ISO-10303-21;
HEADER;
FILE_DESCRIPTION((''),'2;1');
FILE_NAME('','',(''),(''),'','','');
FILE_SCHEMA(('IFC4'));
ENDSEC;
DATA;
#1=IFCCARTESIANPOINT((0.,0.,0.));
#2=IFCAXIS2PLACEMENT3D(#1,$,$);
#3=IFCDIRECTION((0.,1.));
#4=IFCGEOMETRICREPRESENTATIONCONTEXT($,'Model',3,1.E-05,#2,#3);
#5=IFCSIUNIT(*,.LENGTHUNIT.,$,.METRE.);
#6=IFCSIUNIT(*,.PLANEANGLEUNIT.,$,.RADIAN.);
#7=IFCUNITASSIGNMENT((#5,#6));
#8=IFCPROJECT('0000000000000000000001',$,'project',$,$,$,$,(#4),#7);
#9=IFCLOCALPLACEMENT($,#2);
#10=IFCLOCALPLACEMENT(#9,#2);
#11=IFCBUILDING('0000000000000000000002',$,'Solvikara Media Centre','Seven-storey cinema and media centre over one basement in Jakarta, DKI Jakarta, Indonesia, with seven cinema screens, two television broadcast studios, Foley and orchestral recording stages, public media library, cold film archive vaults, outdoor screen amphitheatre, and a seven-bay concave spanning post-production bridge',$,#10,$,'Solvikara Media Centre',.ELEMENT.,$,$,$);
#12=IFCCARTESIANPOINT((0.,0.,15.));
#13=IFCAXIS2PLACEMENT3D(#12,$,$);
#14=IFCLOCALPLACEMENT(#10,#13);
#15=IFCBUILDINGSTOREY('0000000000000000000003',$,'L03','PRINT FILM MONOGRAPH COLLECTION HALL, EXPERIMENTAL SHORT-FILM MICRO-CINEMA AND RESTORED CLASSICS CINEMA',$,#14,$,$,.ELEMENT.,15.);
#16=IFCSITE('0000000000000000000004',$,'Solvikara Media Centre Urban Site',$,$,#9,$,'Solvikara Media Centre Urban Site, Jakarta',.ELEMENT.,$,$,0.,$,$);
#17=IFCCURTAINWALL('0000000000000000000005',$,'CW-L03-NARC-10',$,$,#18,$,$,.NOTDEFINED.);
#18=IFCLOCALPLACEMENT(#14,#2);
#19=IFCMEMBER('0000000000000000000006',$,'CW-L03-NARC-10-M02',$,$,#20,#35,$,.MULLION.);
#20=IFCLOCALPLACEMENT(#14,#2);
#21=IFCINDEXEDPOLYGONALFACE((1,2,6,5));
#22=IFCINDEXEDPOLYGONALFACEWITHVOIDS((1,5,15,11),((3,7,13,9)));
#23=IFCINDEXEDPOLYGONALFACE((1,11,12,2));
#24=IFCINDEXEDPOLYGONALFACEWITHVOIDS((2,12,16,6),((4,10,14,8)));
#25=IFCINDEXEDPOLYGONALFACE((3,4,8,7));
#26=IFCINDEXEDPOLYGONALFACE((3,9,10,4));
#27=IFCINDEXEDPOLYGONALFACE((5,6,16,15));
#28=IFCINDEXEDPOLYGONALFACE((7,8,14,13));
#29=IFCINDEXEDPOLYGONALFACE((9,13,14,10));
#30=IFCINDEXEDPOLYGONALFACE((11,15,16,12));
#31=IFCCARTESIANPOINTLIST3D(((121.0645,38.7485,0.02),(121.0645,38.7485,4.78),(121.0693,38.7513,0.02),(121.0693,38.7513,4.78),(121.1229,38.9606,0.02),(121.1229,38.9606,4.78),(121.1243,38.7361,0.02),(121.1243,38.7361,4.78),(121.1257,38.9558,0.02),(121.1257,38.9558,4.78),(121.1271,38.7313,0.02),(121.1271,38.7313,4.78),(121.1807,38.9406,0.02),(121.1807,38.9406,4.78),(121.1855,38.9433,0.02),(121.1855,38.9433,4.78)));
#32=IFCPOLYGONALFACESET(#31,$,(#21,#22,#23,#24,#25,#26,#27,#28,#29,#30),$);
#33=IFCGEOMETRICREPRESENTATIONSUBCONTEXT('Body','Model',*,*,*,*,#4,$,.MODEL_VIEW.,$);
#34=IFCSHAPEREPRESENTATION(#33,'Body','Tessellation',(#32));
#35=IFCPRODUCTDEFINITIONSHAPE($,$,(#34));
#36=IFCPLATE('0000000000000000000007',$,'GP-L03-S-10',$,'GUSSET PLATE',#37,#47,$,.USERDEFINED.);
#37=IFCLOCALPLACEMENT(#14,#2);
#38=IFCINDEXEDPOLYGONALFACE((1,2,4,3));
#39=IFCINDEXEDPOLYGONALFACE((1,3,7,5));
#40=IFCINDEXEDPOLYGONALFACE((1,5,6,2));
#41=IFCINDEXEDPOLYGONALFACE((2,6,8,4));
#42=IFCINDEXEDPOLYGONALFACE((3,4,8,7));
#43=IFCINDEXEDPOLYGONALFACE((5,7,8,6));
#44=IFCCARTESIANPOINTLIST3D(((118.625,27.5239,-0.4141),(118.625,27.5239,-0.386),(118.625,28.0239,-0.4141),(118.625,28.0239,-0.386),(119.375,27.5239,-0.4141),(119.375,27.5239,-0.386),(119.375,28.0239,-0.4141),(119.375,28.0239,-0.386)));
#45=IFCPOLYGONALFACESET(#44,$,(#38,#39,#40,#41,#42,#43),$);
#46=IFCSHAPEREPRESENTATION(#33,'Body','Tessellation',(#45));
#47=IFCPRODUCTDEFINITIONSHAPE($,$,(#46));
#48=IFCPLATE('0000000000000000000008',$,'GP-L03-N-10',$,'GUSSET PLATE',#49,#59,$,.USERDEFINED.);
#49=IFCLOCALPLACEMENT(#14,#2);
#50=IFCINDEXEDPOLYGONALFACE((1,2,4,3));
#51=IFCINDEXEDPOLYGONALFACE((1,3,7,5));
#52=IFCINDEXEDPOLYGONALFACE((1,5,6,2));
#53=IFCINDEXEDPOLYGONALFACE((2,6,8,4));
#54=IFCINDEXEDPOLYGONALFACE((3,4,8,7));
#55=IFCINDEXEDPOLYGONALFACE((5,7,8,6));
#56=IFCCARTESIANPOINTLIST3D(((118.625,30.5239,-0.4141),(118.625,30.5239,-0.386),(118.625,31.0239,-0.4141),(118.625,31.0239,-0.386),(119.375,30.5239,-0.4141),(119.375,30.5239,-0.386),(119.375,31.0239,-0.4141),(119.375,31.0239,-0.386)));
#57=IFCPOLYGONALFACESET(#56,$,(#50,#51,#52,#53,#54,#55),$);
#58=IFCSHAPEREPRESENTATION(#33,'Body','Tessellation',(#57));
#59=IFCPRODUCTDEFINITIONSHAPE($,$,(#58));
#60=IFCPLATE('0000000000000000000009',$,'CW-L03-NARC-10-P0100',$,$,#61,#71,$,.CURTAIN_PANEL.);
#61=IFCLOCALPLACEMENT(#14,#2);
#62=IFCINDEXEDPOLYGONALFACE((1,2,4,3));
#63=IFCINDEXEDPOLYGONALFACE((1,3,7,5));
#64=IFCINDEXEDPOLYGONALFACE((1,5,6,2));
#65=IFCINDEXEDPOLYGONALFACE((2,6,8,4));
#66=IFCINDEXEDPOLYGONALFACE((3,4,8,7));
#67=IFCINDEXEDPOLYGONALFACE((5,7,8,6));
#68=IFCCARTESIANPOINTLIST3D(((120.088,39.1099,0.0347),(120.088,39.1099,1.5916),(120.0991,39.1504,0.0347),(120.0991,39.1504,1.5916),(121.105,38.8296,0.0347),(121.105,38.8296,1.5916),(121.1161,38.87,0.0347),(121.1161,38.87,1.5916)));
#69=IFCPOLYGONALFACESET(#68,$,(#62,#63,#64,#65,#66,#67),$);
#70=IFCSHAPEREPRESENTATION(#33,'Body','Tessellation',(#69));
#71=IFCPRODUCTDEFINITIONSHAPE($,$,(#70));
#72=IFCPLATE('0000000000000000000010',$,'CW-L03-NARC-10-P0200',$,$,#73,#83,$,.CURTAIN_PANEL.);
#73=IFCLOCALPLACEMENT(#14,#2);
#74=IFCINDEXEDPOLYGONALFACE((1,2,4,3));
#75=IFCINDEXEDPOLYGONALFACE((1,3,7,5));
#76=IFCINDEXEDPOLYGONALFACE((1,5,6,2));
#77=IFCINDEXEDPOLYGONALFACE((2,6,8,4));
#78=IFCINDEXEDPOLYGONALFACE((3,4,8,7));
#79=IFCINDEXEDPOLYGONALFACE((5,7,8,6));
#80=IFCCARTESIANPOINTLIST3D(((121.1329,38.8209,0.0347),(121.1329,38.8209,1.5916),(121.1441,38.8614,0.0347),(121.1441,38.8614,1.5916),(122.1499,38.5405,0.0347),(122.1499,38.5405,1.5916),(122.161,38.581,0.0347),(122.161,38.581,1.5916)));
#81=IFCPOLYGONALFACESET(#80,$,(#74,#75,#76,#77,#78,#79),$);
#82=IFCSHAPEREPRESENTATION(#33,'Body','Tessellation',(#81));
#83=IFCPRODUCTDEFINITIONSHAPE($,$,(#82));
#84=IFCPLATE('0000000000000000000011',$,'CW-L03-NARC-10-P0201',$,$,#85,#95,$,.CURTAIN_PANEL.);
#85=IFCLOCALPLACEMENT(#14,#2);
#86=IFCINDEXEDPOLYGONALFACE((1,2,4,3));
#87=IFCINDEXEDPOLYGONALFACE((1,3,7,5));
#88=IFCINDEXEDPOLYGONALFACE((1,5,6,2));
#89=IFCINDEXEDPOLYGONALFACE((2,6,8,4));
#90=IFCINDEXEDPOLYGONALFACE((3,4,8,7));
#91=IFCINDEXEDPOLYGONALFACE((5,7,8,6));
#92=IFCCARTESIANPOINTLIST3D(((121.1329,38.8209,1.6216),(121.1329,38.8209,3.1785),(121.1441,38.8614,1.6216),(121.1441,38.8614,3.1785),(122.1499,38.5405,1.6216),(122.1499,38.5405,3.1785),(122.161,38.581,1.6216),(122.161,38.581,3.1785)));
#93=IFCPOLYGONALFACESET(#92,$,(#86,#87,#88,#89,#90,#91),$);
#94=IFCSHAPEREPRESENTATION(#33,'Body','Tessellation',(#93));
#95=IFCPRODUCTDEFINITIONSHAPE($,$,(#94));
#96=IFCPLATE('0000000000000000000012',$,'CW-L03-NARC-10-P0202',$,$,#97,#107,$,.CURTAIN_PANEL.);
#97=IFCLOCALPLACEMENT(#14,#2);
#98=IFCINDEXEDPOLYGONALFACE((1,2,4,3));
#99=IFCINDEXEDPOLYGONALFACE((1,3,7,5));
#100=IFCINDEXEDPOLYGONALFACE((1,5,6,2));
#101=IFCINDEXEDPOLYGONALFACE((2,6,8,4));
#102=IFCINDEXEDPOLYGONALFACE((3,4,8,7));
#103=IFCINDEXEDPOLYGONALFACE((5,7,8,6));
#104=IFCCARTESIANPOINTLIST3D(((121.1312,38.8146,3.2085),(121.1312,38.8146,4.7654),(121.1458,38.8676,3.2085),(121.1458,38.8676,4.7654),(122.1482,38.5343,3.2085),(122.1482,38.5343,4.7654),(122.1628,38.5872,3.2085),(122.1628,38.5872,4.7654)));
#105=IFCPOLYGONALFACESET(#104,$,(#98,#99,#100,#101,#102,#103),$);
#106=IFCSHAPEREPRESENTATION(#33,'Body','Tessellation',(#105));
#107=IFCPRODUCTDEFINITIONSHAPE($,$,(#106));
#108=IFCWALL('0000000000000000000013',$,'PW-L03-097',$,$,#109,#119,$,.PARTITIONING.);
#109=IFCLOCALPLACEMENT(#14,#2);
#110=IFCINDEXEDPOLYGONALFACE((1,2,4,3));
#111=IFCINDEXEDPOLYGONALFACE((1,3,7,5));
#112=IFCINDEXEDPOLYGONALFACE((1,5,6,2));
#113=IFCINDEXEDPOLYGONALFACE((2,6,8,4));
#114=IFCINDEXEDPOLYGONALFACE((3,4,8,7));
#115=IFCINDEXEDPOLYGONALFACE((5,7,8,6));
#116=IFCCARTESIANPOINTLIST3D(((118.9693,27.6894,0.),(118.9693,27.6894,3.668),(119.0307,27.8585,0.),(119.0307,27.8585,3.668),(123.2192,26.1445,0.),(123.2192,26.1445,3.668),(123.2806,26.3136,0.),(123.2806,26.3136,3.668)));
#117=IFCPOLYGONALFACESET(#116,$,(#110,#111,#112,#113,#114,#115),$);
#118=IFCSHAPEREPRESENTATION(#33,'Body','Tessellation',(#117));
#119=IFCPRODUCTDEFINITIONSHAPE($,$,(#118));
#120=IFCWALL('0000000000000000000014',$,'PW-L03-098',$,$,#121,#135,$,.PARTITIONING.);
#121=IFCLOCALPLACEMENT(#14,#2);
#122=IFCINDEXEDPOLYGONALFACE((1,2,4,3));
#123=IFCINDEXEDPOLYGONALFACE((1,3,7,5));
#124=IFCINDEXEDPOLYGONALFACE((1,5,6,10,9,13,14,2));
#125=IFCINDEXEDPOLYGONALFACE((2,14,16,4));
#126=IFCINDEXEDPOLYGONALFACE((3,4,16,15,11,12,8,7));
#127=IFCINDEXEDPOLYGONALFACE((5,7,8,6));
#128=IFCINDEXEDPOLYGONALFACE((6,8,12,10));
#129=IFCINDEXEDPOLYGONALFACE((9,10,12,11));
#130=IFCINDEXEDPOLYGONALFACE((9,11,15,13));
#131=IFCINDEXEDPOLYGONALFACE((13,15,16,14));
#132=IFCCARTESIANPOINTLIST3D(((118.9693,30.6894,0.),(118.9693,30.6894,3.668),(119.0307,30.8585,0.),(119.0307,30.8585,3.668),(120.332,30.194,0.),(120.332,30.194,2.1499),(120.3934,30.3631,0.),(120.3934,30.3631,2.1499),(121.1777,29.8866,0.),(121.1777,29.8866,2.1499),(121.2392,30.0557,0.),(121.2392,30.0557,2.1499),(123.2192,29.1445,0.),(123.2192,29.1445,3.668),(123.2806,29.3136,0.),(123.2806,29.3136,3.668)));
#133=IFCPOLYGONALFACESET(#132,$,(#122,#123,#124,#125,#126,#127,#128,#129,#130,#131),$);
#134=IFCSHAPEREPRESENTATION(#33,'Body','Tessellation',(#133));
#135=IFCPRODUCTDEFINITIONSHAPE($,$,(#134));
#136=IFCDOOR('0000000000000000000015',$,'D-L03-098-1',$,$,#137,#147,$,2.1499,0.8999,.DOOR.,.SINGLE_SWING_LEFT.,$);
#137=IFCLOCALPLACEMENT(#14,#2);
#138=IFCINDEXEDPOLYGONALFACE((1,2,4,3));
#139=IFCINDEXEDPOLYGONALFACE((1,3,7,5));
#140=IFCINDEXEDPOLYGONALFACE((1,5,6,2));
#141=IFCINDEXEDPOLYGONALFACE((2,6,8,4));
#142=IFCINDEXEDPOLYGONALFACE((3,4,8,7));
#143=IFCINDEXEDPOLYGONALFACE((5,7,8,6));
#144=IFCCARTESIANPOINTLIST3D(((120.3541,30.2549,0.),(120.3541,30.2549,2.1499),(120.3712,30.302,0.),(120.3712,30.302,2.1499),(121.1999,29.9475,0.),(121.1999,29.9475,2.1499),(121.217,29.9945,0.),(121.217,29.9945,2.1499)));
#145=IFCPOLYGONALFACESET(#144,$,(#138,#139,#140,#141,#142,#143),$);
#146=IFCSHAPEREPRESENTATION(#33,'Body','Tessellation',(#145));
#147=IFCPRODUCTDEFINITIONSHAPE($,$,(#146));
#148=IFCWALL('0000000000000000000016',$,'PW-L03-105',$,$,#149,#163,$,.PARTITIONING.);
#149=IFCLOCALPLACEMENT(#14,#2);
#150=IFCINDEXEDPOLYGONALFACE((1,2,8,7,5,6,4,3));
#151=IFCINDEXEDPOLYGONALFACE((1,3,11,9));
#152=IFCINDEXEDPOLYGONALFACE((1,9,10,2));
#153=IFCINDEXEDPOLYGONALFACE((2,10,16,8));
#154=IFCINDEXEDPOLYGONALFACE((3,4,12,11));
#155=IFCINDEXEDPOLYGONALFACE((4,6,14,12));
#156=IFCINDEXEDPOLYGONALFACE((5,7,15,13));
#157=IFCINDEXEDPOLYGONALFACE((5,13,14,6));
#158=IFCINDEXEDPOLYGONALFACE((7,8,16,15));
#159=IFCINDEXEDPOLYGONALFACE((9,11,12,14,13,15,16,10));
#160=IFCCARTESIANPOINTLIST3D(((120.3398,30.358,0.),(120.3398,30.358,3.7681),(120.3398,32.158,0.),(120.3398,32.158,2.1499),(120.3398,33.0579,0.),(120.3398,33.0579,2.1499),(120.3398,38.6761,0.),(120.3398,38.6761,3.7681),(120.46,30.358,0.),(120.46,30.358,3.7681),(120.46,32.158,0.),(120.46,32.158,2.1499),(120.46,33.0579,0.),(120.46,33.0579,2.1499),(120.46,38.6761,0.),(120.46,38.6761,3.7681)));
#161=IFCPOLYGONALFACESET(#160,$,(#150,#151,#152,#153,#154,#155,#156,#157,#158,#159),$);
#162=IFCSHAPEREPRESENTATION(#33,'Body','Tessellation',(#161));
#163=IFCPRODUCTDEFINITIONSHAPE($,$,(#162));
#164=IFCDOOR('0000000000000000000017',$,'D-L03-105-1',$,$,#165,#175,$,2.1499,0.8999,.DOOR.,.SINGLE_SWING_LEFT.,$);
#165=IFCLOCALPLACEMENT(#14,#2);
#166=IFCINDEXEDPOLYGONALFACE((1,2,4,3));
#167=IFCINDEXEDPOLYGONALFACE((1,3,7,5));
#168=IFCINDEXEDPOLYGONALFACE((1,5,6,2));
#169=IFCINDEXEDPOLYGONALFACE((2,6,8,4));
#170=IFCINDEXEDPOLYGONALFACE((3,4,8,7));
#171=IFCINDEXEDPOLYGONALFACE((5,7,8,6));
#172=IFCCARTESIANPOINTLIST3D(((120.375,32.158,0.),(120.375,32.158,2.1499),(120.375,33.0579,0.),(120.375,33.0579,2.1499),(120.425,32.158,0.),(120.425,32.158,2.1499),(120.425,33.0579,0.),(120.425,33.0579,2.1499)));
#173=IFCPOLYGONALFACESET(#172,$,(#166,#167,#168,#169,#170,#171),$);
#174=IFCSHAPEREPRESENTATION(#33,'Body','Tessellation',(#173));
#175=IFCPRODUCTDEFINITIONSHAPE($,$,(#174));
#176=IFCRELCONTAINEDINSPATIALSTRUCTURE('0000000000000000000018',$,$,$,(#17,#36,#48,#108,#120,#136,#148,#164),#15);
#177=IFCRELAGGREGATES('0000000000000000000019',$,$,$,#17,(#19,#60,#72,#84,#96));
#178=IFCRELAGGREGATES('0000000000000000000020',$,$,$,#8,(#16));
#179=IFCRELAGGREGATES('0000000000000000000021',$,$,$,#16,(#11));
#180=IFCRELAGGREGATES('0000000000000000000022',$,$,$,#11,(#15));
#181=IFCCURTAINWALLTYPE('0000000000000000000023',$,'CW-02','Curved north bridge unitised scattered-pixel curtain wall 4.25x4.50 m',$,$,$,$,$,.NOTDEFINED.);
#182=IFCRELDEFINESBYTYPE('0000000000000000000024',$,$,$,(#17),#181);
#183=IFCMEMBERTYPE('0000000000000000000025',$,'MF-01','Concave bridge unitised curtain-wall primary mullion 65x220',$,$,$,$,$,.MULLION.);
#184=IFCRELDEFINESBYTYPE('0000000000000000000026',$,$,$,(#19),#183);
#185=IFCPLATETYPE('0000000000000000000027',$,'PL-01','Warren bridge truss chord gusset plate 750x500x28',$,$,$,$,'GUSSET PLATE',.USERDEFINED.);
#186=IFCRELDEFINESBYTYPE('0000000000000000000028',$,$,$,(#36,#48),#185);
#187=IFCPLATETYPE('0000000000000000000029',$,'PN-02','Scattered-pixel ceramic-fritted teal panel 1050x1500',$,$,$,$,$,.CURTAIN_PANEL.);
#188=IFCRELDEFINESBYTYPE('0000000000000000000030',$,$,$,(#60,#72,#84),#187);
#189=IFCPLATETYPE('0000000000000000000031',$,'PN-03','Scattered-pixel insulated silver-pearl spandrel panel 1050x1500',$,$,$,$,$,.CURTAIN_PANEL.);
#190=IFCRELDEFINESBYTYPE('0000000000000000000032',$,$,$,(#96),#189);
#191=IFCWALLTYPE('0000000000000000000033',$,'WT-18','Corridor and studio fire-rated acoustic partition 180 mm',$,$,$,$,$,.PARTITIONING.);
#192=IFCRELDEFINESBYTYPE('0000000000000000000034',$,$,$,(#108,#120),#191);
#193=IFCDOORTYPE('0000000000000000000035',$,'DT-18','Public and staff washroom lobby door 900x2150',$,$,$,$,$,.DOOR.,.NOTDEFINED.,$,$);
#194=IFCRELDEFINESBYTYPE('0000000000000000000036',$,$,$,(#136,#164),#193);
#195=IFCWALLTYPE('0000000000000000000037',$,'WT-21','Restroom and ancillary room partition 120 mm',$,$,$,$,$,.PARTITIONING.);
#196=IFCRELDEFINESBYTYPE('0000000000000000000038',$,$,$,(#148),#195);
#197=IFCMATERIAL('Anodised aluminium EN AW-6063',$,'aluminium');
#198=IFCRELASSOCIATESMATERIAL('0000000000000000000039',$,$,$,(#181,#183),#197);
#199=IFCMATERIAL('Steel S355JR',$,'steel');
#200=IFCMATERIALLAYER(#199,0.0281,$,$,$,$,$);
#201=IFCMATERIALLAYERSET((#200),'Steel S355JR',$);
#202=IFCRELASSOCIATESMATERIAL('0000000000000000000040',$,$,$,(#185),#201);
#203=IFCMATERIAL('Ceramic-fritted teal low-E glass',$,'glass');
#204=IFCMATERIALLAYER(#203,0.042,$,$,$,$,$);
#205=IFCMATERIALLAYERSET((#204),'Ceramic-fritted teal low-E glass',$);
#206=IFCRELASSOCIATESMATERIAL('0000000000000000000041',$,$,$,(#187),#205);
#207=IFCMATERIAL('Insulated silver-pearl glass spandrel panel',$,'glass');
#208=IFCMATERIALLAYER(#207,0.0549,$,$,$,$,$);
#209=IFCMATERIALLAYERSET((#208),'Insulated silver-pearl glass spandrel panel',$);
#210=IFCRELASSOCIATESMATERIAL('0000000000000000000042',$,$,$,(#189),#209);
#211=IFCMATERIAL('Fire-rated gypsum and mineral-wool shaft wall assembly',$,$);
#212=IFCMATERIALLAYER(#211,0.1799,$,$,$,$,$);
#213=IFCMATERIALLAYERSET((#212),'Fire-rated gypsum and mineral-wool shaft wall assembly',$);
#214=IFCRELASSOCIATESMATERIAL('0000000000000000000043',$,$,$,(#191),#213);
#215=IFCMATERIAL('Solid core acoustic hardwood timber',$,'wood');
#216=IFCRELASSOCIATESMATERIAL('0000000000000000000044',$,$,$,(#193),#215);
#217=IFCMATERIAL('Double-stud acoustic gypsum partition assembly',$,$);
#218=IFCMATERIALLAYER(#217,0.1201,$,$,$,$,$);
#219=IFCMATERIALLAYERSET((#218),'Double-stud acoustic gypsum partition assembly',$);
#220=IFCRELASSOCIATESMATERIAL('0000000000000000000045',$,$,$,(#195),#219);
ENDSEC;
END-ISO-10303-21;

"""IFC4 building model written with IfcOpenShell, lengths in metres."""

from ifc_helpers import new_model, si_unit, direction, frame, frame_2d, origin, origin_2d, place, context, subcontext, project, spatial, rectangle, hollow_rectangle, extrude, material, layer, layer_set, material_profile, profile_set, type_object, element, fill, aggregate, save


model = new_model("IFC4")

# Units and contexts
model_context = context("Model", 3, precision=1e-05, world=origin(), true_north=direction((0.0, 1.0)))
body_context = subcontext(model_context, "Body", "Model", "MODEL_VIEW")
ifc_project = project(units=[si_unit("LENGTHUNIT", "METRE"), si_unit("PLANEANGLEUNIT", "RADIAN")], contexts=[model_context])

# Site, building, storey
site_placement = place(None, origin())
site = spatial("IfcSite", under=ifc_project, at=site_placement, Name="Solvikara Media Centre Urban Site", LongName="Solvikara Media Centre Urban Site, Jakarta", CompositionType="ELEMENT", RefElevation=0.0)
building_placement = place(site_placement, origin())
building = spatial("IfcBuilding", under=site, at=building_placement, Name="Solvikara Media Centre", Description="Seven-storey cinema and media centre over one basement in Jakarta, DKI Jakarta, Indonesia, with seven cinema screens, two television broadcast studios, Foley and orchestral recording stages, public media library, cold film archive vaults, outdoor screen amphitheatre, and a seven-bay concave spanning post-production bridge", LongName="Solvikara Media Centre", CompositionType="ELEMENT")
storey_placement = place(building_placement, frame((0.0, 0.0, 15.0)))
storey = spatial("IfcBuildingStorey", under=building, at=storey_placement, Name="L03", Description="PRINT FILM MONOGRAPH COLLECTION HALL, EXPERIMENTAL SHORT-FILM MICRO-CINEMA AND RESTORED CLASSICS CINEMA", CompositionType="ELEMENT", Elevation=15.0)

# Shared definitions
ifc_material_1 = material(Name="Steel S355JR", Category="steel")

# Curtain wall, member
ifc_material_2 = material(Name="Anodised aluminium EN AW-6063", Category="aluminium")
curtain_wall_type = type_object("IfcCurtainWallType", Name="CW-02", Description="Curved north bridge unitised scattered-pixel curtain wall 4.25x4.50 m", PredefinedType="NOTDEFINED", material=ifc_material_2)
curtain_wall_placement = place(storey_placement, origin())
curtain_wall = element("IfcCurtainWall", 1, at=curtain_wall_placement, inside=storey, type_object=curtain_wall_type, Name="CW-L03-NARC-10", PredefinedType="NOTDEFINED")
ifc_material_profile_1 = material_profile(ifc_material_2, hollow_rectangle(XDim=0.0649, YDim=0.22, WallThickness=0.0039, at=origin_2d()), Name="ALU-M 65x220x4")
ifc_profile_set_1 = profile_set([ifc_material_profile_1], Name="Anodised aluminium EN AW-6063")
member_type_1 = type_object("IfcMemberType", Name="MF-01", Description="Concave bridge unitised curtain-wall primary mullion 65x220", PredefinedType="MULLION", material=ifc_profile_set_1)
member_1_placement = place(storey_placement, frame((121.125, 38.8459, 0.02), z_axis=(0.0, 0.0, 1.0), x_axis=(0.96403, -0.265792, 0.0)))
member_1 = element("IfcMember", 2, at=member_1_placement, type_object=member_type_1, Name="CW-L03-NARC-10-M02", PredefinedType="MULLION", context=body_context, shape_type="SweptSolid", body=[
    extrude(hollow_rectangle(XDim=0.0649, YDim=0.22, WallThickness=0.0039, at=origin_2d()), origin(), (0.0, 0.0, 1.0), 4.76),
])

# Plates
ifc_layer_1 = layer(ifc_material_1, 0.0281)
ifc_layer_set_1 = layer_set([ifc_layer_1], Name="Steel S355JR")
plate_type_1 = type_object("IfcPlateType", Name="PL-01", Description="Warren bridge truss chord gusset plate 750x500x28", ElementType="GUSSET PLATE", PredefinedType="USERDEFINED", material=ifc_layer_set_1)
for number, where, z_axis, x_axis, name in (
    (3, (119.0, 27.7739, -0.4141), (0.0, 0.0, 1.0), (1.0, 0.0, 0.0), "GP-L03-S-10"),
    (4, (119.0, 30.7739, -0.4141), (0.0, 0.0, 1.0), (1.0, 0.0, 0.0), "GP-L03-N-10"),
):
    element("IfcPlate", number, at=place(storey_placement, frame(where, z_axis=z_axis, x_axis=x_axis)), inside=storey, type_object=plate_type_1, Name=name, ObjectType="GUSSET PLATE", PredefinedType="USERDEFINED", context=body_context, shape_type="SweptSolid", body=[
        extrude(rectangle(XDim=0.75, YDim=0.5, at=origin_2d()), origin(), (0.0, 0.0, 1.0), 0.0281),
    ])

# Plates
ifc_material_3 = material(Name="Ceramic-fritted teal low-E glass", Category="glass")
ifc_layer_2 = layer(ifc_material_3, 0.042)
ifc_layer_set_2 = layer_set([ifc_layer_2], Name="Ceramic-fritted teal low-E glass")
plate_type_2 = type_object("IfcPlateType", Name="PN-02", Description="Scattered-pixel ceramic-fritted teal panel 1050x1500", PredefinedType="CURTAIN_PANEL", material=ifc_layer_set_2)
plate_1_placement = place(storey_placement, frame((120.6021, 38.99, 0.0347), z_axis=(0.0, 0.0, 1.0), x_axis=(0.96403, -0.265792, 0.0)))
plate_1 = element("IfcPlate", 5, at=plate_1_placement, type_object=plate_type_2, Name="CW-L03-NARC-10-P0100", PredefinedType="CURTAIN_PANEL", context=body_context, shape_type="SweptSolid", body=[
    extrude(rectangle(XDim=1.0549, YDim=0.042, at=origin_2d()), origin(), (0.0, 0.0, 1.0), 1.5569),
])
plate_2_placement = place(storey_placement, frame((121.647, 38.7009, 0.0347), z_axis=(0.0, 0.0, 1.0), x_axis=(0.96403, -0.265792, 0.0)))
plate_2 = element("IfcPlate", 6, at=plate_2_placement, type_object=plate_type_2, Name="CW-L03-NARC-10-P0200", PredefinedType="CURTAIN_PANEL", context=body_context, shape_type="SweptSolid", body=[
    extrude(rectangle(XDim=1.0549, YDim=0.042, at=origin_2d()), origin(), (0.0, 0.0, 1.0), 1.5569),
])
plate_3_placement = place(storey_placement, frame((121.647, 38.7009, 1.6216), z_axis=(0.0, 0.0, 1.0), x_axis=(0.96403, -0.265792, 0.0)))
plate_3 = element("IfcPlate", 7, at=plate_3_placement, type_object=plate_type_2, Name="CW-L03-NARC-10-P0201", PredefinedType="CURTAIN_PANEL", context=body_context, shape_type="SweptSolid", body=[
    extrude(rectangle(XDim=1.0549, YDim=0.042, at=origin_2d()), origin(), (0.0, 0.0, 1.0), 1.5569),
])
ifc_material_4 = material(Name="Insulated silver-pearl glass spandrel panel", Category="glass")
ifc_layer_3 = layer(ifc_material_4, 0.0549)
ifc_layer_set_3 = layer_set([ifc_layer_3], Name="Insulated silver-pearl glass spandrel panel")
plate_type_3 = type_object("IfcPlateType", Name="PN-03", Description="Scattered-pixel insulated silver-pearl spandrel panel 1050x1500", PredefinedType="CURTAIN_PANEL", material=ifc_layer_set_3)
plate_4_placement = place(storey_placement, frame((121.647, 38.7009, 3.2085), z_axis=(0.0, 0.0, 1.0), x_axis=(0.96403, -0.265792, 0.0)))
plate_4 = element("IfcPlate", 8, at=plate_4_placement, type_object=plate_type_3, Name="CW-L03-NARC-10-P0202", PredefinedType="CURTAIN_PANEL", context=body_context, shape_type="SweptSolid", body=[
    extrude(rectangle(XDim=1.0549, YDim=0.0549, at=origin_2d()), origin(), (0.0, 0.0, 1.0), 1.5569),
])
aggregate(curtain_wall, [member_1, plate_1, plate_2, plate_3, plate_4])

# Wall
ifc_material_5 = material(Name="Fire-rated gypsum and mineral-wool shaft wall assembly")
ifc_layer_4 = layer(ifc_material_5, 0.1799)
ifc_layer_set_4 = layer_set([ifc_layer_4], Name="Fire-rated gypsum and mineral-wool shaft wall assembly")
wall_type_1 = type_object("IfcWallType", Name="WT-18", Description="Corridor and studio fire-rated acoustic partition 180 mm", PredefinedType="PARTITIONING", material=ifc_layer_set_4)
wall_1_placement = place(storey_placement, frame((119.0, 27.7739, 0.0), z_axis=(0.0, 0.0, 1.0), x_axis=(0.939831, -0.341639, 0.0)))
element("IfcWall", 9, at=wall_1_placement, inside=storey, type_object=wall_type_1, Name="PW-L03-097", PredefinedType="PARTITIONING", context=body_context, shape_type="SweptSolid", body=[
    extrude(rectangle(XDim=4.522, YDim=0.1799, at=frame_2d((2.261, 0.0))), origin(), (0.0, 0.0, 1.0), 3.668),
])

# Walls, openings, doors
wall_2_placement = place(storey_placement, frame((119.0, 30.7739, 0.0), z_axis=(0.0, 0.0, 1.0), x_axis=(0.939831, -0.341639, 0.0)))
wall_2 = element("IfcWall", 10, at=wall_2_placement, inside=storey, type_object=wall_type_1, Name="PW-L03-098", PredefinedType="PARTITIONING", context=body_context, shape_type="SweptSolid", body=[
    extrude(rectangle(XDim=4.522, YDim=0.1799, at=frame_2d((2.261, 0.0))), origin(), (0.0, 0.0, 1.0), 3.668),
])
opening_1_placement = place(wall_2_placement, frame((1.45, 0.0, 0.0)))
opening_1 = element("IfcOpeningElement", 11, at=opening_1_placement, cuts=wall_2, PredefinedType="OPENING", context=body_context, shape_type="SweptSolid", body=[
    extrude(rectangle(XDim=0.8999, YDim=2.1499, at=frame_2d((0.45, 1.075))), frame((0.0, 0.1021, 0.0), z_axis=(0.0, -1.0, 0.0), x_axis=(1.0, 0.0, 0.0)), (0.0, 0.0, 1.0), 0.2039),
])
ifc_material_6 = material(Name="Solid core acoustic hardwood timber", Category="wood")
door_type = type_object("IfcDoorType", Name="DT-18", Description="Public and staff washroom lobby door 900x2150", OperationType="NOTDEFINED", PredefinedType="DOOR", material=ifc_material_6)
door_1_placement = place(opening_1_placement, origin())
door_1 = element("IfcDoor", 12, at=door_1_placement, inside=storey, type_object=door_type, Name="D-L03-098-1", OperationType="SINGLE_SWING_LEFT", OverallHeight=2.1499, OverallWidth=0.8999, PredefinedType="DOOR", context=body_context, shape_type="SweptSolid", body=[
    extrude(rectangle(XDim=0.8999, YDim=2.1499, at=frame_2d((0.45, 1.075))), frame((0.0, 0.0249, 0.0), z_axis=(0.0, -1.0, 0.0), x_axis=(1.0, 0.0, 0.0)), (0.0, 0.0, 1.0), 0.05),
])
fill(opening_1, door_1)
ifc_material_7 = material(Name="Double-stud acoustic gypsum partition assembly")
ifc_layer_5 = layer(ifc_material_7, 0.1201)
ifc_layer_set_5 = layer_set([ifc_layer_5], Name="Double-stud acoustic gypsum partition assembly")
wall_type_2 = type_object("IfcWallType", Name="WT-21", Description="Restroom and ancillary room partition 120 mm", PredefinedType="PARTITIONING", material=ifc_layer_set_5)
wall_3_placement = place(storey_placement, frame((120.3999, 30.3579, 0.0), z_axis=(0.0, 0.0, 1.0), x_axis=(0.0, 1.0, 0.0)))
wall_3 = element("IfcWall", 13, at=wall_3_placement, inside=storey, type_object=wall_type_2, Name="PW-L03-105", PredefinedType="PARTITIONING", context=body_context, shape_type="SweptSolid", body=[
    extrude(rectangle(XDim=8.3181, YDim=0.1201, at=frame_2d((4.1592, 0.0))), origin(), (0.0, 0.0, 1.0), 3.7681),
])
opening_2_placement = place(wall_3_placement, frame((1.8, 0.0, 0.0)))
opening_2 = element("IfcOpeningElement", 14, at=opening_2_placement, cuts=wall_3, PredefinedType="OPENING", context=body_context, shape_type="SweptSolid", body=[
    extrude(rectangle(XDim=0.8999, YDim=2.1499, at=frame_2d((0.45, 1.075))), frame((0.0, 0.072, 0.0), z_axis=(0.0, -1.0, 0.0), x_axis=(1.0, 0.0, 0.0)), (0.0, 0.0, 1.0), 0.144),
])
door_2_placement = place(opening_2_placement, origin())
door_2 = element("IfcDoor", 15, at=door_2_placement, inside=storey, type_object=door_type, Name="D-L03-105-1", OperationType="SINGLE_SWING_LEFT", OverallHeight=2.1499, OverallWidth=0.8999, PredefinedType="DOOR", context=body_context, shape_type="SweptSolid", body=[
    extrude(rectangle(XDim=0.8999, YDim=2.1499, at=frame_2d((0.45, 1.075))), frame((0.0, 0.0249, 0.0), z_axis=(0.0, -1.0, 0.0), x_axis=(1.0, 0.0, 0.0)), (0.0, 0.0, 1.0), 0.05),
])
fill(opening_2, door_2)

save(model, "model.ifc")
